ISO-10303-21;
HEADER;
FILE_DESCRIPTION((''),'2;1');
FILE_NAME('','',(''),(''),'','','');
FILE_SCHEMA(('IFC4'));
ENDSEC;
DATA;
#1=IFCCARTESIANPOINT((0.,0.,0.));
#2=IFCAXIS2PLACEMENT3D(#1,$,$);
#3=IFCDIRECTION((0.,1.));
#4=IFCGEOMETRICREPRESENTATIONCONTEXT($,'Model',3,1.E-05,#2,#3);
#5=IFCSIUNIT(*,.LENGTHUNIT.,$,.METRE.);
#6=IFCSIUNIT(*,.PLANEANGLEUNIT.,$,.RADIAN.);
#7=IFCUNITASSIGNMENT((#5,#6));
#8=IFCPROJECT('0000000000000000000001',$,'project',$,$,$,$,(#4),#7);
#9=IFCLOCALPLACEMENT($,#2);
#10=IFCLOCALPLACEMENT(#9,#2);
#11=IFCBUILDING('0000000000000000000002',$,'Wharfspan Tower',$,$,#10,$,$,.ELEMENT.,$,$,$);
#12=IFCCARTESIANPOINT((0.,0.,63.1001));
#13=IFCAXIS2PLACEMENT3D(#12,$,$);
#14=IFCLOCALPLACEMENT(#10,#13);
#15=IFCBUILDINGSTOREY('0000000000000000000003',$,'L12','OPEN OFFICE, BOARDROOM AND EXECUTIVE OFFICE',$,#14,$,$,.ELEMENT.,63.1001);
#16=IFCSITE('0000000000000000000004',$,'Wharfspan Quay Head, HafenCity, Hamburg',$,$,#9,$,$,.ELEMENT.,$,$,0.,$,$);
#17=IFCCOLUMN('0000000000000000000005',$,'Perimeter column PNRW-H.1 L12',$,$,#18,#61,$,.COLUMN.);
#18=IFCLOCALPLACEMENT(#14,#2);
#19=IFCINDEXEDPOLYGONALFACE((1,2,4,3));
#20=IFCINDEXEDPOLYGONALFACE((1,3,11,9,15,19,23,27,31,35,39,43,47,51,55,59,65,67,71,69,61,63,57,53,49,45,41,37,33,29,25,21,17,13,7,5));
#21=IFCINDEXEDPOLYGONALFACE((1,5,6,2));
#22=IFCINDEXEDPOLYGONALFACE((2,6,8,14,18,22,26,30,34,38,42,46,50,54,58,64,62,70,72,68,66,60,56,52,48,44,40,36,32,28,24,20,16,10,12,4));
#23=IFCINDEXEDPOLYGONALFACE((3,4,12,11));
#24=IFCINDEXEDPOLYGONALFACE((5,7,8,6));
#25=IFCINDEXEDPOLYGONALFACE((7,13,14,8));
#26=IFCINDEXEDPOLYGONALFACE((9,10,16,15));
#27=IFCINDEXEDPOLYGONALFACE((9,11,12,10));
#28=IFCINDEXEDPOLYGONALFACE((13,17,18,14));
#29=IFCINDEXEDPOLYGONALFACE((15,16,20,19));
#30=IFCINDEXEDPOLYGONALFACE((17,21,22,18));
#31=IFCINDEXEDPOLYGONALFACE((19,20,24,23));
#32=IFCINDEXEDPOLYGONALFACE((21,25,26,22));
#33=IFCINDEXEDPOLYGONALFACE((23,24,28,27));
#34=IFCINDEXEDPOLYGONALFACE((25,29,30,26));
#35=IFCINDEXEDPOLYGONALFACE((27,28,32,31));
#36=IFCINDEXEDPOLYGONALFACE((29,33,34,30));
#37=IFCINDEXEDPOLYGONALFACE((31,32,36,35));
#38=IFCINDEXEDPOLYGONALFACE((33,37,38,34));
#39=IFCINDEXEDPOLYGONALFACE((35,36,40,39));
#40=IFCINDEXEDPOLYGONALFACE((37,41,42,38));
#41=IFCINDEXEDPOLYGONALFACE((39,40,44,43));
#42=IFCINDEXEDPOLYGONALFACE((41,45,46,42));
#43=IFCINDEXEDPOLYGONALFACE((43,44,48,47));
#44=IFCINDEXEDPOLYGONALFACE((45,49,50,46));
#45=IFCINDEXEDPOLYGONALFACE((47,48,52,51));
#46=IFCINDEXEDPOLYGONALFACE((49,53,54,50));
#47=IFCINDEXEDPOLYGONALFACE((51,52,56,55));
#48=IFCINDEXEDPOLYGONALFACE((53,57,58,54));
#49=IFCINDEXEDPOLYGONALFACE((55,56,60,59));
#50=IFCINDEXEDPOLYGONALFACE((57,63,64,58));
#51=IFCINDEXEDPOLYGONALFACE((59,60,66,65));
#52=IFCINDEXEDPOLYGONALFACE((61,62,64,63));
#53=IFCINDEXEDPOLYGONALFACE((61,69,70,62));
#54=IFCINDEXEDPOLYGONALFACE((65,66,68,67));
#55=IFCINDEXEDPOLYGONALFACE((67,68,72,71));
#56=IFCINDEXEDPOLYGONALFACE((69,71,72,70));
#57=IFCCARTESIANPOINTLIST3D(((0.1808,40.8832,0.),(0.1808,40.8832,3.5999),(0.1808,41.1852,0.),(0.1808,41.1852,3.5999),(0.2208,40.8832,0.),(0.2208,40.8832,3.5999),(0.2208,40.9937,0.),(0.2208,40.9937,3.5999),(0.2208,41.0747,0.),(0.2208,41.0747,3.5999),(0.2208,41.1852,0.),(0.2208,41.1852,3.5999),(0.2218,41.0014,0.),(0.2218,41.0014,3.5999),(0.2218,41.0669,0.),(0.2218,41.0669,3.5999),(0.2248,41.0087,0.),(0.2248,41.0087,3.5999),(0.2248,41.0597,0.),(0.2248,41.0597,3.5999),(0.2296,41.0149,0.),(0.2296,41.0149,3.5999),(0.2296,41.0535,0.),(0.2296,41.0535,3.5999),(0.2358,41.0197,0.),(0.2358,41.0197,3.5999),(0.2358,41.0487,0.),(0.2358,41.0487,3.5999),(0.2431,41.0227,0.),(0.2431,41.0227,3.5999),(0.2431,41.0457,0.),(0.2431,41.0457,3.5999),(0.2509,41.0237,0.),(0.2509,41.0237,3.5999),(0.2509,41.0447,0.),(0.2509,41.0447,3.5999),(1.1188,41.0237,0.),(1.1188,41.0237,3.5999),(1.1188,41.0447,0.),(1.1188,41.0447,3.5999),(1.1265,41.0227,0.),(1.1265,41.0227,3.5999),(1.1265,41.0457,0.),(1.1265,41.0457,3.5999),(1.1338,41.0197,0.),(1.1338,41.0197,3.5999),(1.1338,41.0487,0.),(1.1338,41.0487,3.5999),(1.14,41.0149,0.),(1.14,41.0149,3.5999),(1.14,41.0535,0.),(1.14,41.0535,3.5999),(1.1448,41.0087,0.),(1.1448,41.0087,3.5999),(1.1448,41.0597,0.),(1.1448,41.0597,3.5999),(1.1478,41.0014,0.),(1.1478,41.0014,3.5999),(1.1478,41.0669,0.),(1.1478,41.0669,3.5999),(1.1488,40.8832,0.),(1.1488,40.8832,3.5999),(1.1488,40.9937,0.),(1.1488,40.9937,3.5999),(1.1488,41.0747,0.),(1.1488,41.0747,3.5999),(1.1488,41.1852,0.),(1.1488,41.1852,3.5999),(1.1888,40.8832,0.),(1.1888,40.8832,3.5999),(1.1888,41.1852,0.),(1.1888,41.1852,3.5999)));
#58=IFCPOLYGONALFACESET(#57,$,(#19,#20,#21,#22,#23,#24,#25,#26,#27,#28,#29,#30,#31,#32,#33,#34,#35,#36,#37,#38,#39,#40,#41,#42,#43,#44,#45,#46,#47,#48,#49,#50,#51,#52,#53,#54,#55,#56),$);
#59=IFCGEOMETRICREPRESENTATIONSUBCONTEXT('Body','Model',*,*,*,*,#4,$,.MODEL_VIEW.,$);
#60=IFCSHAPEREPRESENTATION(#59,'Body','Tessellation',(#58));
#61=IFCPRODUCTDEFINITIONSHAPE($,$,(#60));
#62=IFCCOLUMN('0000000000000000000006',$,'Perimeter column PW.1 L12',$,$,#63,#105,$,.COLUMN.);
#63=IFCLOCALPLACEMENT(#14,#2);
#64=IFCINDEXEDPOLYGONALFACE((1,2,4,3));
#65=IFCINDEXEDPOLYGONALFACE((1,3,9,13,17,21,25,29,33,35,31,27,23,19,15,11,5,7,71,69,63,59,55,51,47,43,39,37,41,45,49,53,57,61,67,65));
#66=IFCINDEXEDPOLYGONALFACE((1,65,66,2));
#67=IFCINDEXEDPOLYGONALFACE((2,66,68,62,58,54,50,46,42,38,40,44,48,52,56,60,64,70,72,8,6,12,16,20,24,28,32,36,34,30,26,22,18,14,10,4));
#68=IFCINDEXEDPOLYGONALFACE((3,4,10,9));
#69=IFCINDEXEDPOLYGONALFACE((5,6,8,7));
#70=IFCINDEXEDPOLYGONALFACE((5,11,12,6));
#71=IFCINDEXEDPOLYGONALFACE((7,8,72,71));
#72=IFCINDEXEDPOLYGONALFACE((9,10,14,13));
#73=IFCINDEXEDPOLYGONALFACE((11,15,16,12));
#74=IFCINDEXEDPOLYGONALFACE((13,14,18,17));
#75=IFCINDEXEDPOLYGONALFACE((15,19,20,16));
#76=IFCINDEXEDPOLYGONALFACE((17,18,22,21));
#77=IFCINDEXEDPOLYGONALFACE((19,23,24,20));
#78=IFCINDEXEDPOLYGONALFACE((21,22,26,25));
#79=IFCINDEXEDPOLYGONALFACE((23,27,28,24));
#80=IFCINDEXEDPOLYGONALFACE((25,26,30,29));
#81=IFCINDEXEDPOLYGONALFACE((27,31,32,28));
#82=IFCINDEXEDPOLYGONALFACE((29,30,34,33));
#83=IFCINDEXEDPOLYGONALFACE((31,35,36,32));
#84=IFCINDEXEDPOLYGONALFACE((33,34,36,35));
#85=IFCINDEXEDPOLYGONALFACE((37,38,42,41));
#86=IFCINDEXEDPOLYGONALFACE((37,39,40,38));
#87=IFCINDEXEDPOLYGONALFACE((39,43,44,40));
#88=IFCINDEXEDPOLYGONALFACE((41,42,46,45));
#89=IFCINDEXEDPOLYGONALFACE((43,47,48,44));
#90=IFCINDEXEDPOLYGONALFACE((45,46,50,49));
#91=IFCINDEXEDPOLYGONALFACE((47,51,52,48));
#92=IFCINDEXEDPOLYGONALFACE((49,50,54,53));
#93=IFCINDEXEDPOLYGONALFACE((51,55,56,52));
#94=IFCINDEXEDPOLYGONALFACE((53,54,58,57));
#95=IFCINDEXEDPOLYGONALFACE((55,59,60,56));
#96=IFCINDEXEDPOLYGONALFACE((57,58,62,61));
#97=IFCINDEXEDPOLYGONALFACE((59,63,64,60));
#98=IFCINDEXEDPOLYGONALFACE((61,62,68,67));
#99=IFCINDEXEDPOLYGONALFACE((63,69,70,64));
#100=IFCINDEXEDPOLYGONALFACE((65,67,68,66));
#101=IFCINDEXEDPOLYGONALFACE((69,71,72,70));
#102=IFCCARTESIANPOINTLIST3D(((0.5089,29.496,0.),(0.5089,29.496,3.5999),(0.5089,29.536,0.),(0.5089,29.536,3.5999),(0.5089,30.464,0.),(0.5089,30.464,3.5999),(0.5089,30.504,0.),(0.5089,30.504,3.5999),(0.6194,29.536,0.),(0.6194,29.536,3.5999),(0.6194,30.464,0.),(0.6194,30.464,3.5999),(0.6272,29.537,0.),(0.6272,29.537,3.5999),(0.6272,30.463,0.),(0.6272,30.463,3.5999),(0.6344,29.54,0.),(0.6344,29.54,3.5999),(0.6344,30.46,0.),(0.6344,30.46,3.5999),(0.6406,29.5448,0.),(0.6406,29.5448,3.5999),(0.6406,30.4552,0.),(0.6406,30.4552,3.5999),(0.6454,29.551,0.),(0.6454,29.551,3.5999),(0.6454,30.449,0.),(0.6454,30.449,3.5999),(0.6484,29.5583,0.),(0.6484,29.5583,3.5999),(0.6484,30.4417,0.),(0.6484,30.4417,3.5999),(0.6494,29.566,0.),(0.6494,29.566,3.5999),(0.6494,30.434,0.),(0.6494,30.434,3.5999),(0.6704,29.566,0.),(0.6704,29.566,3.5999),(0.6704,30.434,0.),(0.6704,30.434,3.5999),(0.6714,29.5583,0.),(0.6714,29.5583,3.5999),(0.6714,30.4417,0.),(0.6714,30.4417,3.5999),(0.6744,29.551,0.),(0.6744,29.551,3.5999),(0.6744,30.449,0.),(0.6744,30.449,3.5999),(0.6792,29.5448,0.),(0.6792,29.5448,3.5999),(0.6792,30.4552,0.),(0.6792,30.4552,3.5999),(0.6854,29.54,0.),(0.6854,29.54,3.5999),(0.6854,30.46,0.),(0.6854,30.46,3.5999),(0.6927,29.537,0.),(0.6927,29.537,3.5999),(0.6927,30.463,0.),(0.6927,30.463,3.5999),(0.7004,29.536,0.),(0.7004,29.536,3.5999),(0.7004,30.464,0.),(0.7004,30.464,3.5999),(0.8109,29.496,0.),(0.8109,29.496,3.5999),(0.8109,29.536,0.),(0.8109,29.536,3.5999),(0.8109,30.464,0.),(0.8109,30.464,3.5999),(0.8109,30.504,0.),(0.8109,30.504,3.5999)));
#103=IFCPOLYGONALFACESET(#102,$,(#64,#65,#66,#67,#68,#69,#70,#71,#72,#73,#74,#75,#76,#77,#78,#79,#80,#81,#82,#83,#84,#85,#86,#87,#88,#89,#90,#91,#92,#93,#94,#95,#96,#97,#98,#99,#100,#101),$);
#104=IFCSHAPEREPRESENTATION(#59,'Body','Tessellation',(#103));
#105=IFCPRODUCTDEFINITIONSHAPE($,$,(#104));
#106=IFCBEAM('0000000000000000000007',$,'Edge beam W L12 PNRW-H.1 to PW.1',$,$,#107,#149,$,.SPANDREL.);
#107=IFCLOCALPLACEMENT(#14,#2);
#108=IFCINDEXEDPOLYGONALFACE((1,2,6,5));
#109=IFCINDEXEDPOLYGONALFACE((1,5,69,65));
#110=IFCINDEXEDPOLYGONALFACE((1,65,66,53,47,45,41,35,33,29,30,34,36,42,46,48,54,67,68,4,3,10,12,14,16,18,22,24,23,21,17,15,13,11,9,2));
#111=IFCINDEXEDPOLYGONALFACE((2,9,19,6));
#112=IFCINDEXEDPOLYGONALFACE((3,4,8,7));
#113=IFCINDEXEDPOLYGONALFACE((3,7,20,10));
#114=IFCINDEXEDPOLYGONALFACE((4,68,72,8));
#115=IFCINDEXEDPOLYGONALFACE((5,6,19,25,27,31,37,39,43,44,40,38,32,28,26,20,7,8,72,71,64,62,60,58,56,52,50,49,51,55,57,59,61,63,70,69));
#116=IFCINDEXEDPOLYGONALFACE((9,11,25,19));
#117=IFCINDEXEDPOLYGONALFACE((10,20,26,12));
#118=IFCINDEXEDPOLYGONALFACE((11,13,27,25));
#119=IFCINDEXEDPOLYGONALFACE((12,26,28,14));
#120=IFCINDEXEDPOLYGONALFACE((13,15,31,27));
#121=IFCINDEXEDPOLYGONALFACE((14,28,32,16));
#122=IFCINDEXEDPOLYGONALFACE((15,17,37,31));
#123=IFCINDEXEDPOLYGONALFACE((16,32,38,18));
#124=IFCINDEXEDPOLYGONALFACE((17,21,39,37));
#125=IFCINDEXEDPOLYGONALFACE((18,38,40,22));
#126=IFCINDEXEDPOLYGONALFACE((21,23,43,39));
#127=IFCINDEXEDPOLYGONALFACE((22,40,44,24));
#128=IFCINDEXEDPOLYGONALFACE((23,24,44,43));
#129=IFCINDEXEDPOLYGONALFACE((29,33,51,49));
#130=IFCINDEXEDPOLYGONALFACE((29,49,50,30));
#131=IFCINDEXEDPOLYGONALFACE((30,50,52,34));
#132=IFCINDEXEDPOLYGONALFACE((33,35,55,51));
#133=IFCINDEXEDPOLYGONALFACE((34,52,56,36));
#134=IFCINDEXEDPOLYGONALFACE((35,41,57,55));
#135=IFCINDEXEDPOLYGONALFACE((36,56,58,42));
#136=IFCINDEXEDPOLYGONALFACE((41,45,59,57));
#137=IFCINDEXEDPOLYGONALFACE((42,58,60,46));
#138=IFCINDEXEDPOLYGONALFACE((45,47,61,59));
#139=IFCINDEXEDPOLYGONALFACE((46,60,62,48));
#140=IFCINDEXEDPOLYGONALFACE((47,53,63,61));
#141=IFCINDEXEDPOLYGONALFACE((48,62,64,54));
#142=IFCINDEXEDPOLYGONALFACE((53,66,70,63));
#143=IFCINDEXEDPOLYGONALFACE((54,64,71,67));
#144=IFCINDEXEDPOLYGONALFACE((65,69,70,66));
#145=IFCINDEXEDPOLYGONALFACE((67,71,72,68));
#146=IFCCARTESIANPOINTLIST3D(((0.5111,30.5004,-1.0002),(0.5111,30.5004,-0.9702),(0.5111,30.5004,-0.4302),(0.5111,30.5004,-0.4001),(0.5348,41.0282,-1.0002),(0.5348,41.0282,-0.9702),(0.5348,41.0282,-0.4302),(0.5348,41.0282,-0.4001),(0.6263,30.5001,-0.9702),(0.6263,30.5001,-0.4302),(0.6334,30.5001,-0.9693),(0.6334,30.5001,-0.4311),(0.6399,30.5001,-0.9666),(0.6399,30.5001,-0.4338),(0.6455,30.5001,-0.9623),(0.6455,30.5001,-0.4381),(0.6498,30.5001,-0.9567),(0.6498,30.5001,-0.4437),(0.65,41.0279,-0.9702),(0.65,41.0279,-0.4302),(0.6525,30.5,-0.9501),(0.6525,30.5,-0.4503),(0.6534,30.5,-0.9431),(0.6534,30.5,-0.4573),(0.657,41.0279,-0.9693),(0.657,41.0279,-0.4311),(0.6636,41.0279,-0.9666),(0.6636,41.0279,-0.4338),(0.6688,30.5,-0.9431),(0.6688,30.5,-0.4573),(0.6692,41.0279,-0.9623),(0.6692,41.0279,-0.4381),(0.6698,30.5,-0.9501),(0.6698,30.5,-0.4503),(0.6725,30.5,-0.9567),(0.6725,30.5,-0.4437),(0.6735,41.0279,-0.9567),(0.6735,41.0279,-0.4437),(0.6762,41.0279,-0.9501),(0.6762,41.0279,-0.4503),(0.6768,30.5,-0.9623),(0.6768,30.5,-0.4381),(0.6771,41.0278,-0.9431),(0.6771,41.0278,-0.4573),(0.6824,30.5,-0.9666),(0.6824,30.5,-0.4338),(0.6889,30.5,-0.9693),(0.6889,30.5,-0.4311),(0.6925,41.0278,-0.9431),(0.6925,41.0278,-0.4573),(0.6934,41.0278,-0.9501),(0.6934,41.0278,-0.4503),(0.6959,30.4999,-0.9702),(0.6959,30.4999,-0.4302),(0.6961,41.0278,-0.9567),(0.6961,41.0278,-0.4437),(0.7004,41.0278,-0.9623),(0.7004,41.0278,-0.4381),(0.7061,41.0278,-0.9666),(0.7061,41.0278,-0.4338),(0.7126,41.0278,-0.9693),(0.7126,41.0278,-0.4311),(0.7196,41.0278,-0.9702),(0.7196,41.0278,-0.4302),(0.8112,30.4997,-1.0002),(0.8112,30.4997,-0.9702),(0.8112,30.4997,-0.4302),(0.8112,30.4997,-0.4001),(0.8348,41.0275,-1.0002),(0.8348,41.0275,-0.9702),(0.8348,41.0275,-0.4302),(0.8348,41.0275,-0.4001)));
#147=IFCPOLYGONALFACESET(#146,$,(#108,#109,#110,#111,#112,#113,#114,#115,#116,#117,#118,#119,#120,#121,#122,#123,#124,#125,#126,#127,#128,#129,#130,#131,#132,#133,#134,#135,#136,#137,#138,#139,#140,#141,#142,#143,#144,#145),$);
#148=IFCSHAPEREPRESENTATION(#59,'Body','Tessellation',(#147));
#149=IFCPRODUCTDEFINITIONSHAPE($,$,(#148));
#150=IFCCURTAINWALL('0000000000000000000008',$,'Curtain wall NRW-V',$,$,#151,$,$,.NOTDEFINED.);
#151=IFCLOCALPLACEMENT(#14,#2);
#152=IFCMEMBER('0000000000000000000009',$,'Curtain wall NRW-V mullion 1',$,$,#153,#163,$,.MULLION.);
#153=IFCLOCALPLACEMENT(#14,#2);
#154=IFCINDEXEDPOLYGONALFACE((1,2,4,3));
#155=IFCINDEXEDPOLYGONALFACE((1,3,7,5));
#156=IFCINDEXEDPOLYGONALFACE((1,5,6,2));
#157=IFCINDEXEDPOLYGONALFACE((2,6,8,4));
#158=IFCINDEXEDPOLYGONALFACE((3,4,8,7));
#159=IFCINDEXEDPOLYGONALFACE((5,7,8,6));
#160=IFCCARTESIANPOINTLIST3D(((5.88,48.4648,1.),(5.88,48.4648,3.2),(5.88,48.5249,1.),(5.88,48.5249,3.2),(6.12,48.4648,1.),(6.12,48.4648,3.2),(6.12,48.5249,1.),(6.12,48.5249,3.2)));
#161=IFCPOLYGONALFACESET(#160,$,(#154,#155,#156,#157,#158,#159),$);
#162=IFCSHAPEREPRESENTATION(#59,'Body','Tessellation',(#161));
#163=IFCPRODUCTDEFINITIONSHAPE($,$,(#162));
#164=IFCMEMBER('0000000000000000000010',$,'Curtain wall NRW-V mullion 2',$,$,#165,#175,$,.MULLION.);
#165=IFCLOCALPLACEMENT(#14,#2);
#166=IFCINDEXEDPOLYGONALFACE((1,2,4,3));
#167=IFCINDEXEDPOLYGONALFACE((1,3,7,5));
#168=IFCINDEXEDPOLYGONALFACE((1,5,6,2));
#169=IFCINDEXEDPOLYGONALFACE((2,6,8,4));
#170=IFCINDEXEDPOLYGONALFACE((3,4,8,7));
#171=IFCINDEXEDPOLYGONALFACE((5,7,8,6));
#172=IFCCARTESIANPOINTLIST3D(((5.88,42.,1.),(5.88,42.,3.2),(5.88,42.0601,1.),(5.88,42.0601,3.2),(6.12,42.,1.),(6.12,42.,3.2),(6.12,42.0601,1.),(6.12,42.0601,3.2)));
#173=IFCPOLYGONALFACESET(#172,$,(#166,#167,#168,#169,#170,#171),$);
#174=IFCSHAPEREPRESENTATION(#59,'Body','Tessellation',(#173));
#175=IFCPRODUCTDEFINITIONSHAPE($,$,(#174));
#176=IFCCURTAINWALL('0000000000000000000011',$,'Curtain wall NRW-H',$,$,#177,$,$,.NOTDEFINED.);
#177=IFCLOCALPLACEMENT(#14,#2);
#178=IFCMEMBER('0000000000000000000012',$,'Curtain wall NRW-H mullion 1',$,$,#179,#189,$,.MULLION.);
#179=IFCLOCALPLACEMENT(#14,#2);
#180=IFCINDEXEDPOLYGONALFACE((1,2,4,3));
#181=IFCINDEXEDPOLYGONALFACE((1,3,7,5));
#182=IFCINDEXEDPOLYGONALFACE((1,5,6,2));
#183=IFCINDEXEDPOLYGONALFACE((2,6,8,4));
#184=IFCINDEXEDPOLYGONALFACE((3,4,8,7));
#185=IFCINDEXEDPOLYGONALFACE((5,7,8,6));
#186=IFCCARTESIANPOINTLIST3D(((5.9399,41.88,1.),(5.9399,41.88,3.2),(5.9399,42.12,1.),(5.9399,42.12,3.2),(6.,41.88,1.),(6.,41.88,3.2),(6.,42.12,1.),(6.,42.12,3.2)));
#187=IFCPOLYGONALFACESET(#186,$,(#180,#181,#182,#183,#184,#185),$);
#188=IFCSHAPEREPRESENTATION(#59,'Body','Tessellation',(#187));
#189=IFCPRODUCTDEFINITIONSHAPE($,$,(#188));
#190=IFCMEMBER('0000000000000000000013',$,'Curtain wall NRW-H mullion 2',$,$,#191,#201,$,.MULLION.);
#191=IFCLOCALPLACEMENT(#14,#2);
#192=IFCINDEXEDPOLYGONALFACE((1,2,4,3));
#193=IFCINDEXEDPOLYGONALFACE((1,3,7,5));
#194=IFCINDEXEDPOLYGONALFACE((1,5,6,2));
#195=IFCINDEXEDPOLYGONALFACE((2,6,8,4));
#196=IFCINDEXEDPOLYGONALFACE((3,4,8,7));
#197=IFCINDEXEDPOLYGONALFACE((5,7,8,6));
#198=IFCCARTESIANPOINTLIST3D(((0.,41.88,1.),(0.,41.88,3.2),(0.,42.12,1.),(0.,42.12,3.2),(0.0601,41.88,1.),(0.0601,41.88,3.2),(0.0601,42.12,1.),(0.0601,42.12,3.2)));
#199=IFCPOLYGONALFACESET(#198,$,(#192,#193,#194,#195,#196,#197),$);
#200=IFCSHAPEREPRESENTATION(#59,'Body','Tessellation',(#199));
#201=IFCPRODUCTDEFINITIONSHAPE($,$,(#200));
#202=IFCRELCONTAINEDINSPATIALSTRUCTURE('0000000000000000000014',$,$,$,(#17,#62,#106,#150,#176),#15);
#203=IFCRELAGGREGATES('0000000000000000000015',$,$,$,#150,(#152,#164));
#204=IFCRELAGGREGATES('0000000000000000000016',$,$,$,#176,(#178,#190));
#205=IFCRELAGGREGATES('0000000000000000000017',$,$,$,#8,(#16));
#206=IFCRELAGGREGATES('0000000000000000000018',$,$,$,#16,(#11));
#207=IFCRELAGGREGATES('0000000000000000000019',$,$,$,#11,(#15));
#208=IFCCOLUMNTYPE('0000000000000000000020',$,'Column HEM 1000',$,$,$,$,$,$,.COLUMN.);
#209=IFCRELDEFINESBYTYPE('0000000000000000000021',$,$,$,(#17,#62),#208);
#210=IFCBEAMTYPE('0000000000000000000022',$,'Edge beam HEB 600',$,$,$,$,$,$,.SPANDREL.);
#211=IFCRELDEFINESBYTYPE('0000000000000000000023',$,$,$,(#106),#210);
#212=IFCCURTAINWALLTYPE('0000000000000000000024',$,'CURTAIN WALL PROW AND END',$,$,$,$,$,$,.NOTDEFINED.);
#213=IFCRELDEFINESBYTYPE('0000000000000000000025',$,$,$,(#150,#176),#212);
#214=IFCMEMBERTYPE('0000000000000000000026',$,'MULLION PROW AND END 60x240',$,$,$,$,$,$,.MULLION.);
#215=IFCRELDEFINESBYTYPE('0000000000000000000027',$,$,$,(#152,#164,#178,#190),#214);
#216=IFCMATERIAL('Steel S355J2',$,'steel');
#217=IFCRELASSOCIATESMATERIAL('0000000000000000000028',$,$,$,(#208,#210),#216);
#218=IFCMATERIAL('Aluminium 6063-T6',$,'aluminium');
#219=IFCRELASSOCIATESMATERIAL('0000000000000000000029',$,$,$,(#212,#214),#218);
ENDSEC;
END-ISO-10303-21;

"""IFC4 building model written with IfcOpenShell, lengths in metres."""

from ifc_helpers import new_model, si_unit, direction, frame, origin, origin_2d, place, context, subcontext, project, spatial, rectangle, i_section, extrude, material, material_profile, profile_set, type_object, element, aggregate, save


model = new_model("IFC4")

# Units and contexts
model_context = context("Model", 3, precision=1e-05, world=origin(), true_north=direction((0.0, 1.0)))
body_context = subcontext(model_context, "Body", "Model", "MODEL_VIEW")
ifc_project = project(units=[si_unit("LENGTHUNIT", "METRE"), si_unit("PLANEANGLEUNIT", "RADIAN")], contexts=[model_context])

# Site, building, storey
site_placement = place(None, origin())
site = spatial("IfcSite", under=ifc_project, at=site_placement, Name="Wharfspan Quay Head, HafenCity, Hamburg", CompositionType="ELEMENT", RefElevation=0.0)
building_placement = place(site_placement, origin())
building = spatial("IfcBuilding", under=site, at=building_placement, Name="Wharfspan Tower", CompositionType="ELEMENT")
storey_placement = place(building_placement, frame((0.0, 0.0, 63.1001)))
storey = spatial("IfcBuildingStorey", under=building, at=storey_placement, Name="L12", Description="OPEN OFFICE, BOARDROOM AND EXECUTIVE OFFICE", CompositionType="ELEMENT", Elevation=63.1001)

# Columns
ifc_material_1 = material(Name="Steel S355J2", Category="steel")
ifc_material_profile_1 = material_profile(ifc_material_1, i_section(OverallWidth=0.302, OverallDepth=1.0081, WebThickness=0.021, FlangeThickness=0.04, FilletRadius=0.03, at=origin_2d()))
ifc_profile_set_1 = profile_set([ifc_material_profile_1], Name="Steel S355J2")
column_type = type_object("IfcColumnType", Name="Column HEM 1000", PredefinedType="COLUMN", material=ifc_profile_set_1)
for number, where, z_axis, x_axis, name in (
    (1, (0.6848, 41.0342, 0.0), (0.0, 0.0, 1.0), (0.0, 1.0, 0.0), "Perimeter column PNRW-H.1 L12"),
    (2, (0.6599, 30.0, 0.0), (0.0, 0.0, 1.0), (-1.0, 0.0, 0.0), "Perimeter column PW.1 L12"),
):
    element("IfcColumn", number, at=place(storey_placement, frame(where, z_axis=z_axis, x_axis=x_axis)), inside=storey, type_object=column_type, Name=name, PredefinedType="COLUMN", context=body_context, shape_type="SweptSolid", body=[
        extrude(i_section(OverallWidth=0.302, OverallDepth=1.0081, WebThickness=0.021, FlangeThickness=0.04, FilletRadius=0.03, at=origin_2d()), origin(), (0.0, 0.0, 1.0), 3.5999),
    ])

# Beam
ifc_material_profile_2 = material_profile(ifc_material_1, i_section(OverallWidth=0.3, OverallDepth=0.6001, WebThickness=0.0154, FlangeThickness=0.03, FilletRadius=0.0271, at=origin_2d()))
ifc_profile_set_2 = profile_set([ifc_material_profile_2], Name="Steel S355J2")
beam_type = type_object("IfcBeamType", Name="Edge beam HEB 600", PredefinedType="SPANDREL", material=ifc_profile_set_2)
beam_placement = place(storey_placement, frame((0.6848, 41.0278, -0.7002), z_axis=(-0.002249, -0.999997, 0.0), x_axis=(0.999997, -0.002249, 0.0)))
element("IfcBeam", 3, at=beam_placement, inside=storey, type_object=beam_type, Name="Edge beam W L12 PNRW-H.1 to PW.1", PredefinedType="SPANDREL", context=body_context, shape_type="SweptSolid", body=[
    extrude(i_section(OverallWidth=0.3, OverallDepth=0.6001, WebThickness=0.0154, FlangeThickness=0.03, FilletRadius=0.0271, at=origin_2d()), origin(), (0.0, 0.0, 1.0), 10.5278),
])

# Curtain walls, members
ifc_material_2 = material(Name="Aluminium 6063-T6", Category="aluminium")
curtain_wall_type = type_object("IfcCurtainWallType", Name="CURTAIN WALL PROW AND END", PredefinedType="NOTDEFINED", material=ifc_material_2)
curtain_wall_1_placement = place(storey_placement, origin())
curtain_wall_1 = element("IfcCurtainWall", 4, at=curtain_wall_1_placement, inside=storey, type_object=curtain_wall_type, Name="Curtain wall NRW-V", PredefinedType="NOTDEFINED")
ifc_material_profile_3 = material_profile(ifc_material_2, rectangle(XDim=0.24, YDim=0.0601, at=origin_2d()))
ifc_profile_set_3 = profile_set([ifc_material_profile_3], Name="Aluminium 6063-T6")
member_type_1 = type_object("IfcMemberType", Name="MULLION PROW AND END 60x240", PredefinedType="MULLION", material=ifc_profile_set_3)
member_1_placement = place(storey_placement, frame((6.0, 48.4949, 1.0), z_axis=(0.0, 0.0, 1.0), x_axis=(1.0, 0.0, 0.0)))
member_1 = element("IfcMember", 5, at=member_1_placement, type_object=member_type_1, Name="Curtain wall NRW-V mullion 1", PredefinedType="MULLION", context=body_context, shape_type="SweptSolid", body=[
    extrude(rectangle(XDim=0.24, YDim=0.0601, at=origin_2d()), origin(), (0.0, 0.0, 1.0), 2.2),
])
member_2_placement = place(storey_placement, frame((6.0, 42.03, 1.0), z_axis=(0.0, 0.0, 1.0), x_axis=(1.0, 0.0, 0.0)))
member_2 = element("IfcMember", 6, at=member_2_placement, type_object=member_type_1, Name="Curtain wall NRW-V mullion 2", PredefinedType="MULLION", context=body_context, shape_type="SweptSolid", body=[
    extrude(rectangle(XDim=0.24, YDim=0.0601, at=origin_2d()), origin(), (0.0, 0.0, 1.0), 2.2),
])
curtain_wall_2_placement = place(storey_placement, origin())
curtain_wall_2 = element("IfcCurtainWall", 7, at=curtain_wall_2_placement, inside=storey, type_object=curtain_wall_type, Name="Curtain wall NRW-H", PredefinedType="NOTDEFINED")
member_3_placement = place(storey_placement, frame((5.97, 42.0, 1.0), z_axis=(0.0, 0.0, 1.0), x_axis=(0.0, -1.0, 0.0)))
member_3 = element("IfcMember", 8, at=member_3_placement, type_object=member_type_1, Name="Curtain wall NRW-H mullion 1", PredefinedType="MULLION", context=body_context, shape_type="SweptSolid", body=[
    extrude(rectangle(XDim=0.24, YDim=0.0601, at=origin_2d()), origin(), (0.0, 0.0, 1.0), 2.2),
])
member_4_placement = place(storey_placement, frame((0.03, 42.0, 1.0), z_axis=(0.0, 0.0, 1.0), x_axis=(0.0, -1.0, 0.0)))
member_4 = element("IfcMember", 9, at=member_4_placement, type_object=member_type_1, Name="Curtain wall NRW-H mullion 2", PredefinedType="MULLION", context=body_context, shape_type="SweptSolid", body=[
    extrude(rectangle(XDim=0.24, YDim=0.0601, at=origin_2d()), origin(), (0.0, 0.0, 1.0), 2.2),
])

aggregate(curtain_wall_1, [member_1, member_2])
aggregate(curtain_wall_2, [member_3, member_4])

save(model, "model.ifc")
